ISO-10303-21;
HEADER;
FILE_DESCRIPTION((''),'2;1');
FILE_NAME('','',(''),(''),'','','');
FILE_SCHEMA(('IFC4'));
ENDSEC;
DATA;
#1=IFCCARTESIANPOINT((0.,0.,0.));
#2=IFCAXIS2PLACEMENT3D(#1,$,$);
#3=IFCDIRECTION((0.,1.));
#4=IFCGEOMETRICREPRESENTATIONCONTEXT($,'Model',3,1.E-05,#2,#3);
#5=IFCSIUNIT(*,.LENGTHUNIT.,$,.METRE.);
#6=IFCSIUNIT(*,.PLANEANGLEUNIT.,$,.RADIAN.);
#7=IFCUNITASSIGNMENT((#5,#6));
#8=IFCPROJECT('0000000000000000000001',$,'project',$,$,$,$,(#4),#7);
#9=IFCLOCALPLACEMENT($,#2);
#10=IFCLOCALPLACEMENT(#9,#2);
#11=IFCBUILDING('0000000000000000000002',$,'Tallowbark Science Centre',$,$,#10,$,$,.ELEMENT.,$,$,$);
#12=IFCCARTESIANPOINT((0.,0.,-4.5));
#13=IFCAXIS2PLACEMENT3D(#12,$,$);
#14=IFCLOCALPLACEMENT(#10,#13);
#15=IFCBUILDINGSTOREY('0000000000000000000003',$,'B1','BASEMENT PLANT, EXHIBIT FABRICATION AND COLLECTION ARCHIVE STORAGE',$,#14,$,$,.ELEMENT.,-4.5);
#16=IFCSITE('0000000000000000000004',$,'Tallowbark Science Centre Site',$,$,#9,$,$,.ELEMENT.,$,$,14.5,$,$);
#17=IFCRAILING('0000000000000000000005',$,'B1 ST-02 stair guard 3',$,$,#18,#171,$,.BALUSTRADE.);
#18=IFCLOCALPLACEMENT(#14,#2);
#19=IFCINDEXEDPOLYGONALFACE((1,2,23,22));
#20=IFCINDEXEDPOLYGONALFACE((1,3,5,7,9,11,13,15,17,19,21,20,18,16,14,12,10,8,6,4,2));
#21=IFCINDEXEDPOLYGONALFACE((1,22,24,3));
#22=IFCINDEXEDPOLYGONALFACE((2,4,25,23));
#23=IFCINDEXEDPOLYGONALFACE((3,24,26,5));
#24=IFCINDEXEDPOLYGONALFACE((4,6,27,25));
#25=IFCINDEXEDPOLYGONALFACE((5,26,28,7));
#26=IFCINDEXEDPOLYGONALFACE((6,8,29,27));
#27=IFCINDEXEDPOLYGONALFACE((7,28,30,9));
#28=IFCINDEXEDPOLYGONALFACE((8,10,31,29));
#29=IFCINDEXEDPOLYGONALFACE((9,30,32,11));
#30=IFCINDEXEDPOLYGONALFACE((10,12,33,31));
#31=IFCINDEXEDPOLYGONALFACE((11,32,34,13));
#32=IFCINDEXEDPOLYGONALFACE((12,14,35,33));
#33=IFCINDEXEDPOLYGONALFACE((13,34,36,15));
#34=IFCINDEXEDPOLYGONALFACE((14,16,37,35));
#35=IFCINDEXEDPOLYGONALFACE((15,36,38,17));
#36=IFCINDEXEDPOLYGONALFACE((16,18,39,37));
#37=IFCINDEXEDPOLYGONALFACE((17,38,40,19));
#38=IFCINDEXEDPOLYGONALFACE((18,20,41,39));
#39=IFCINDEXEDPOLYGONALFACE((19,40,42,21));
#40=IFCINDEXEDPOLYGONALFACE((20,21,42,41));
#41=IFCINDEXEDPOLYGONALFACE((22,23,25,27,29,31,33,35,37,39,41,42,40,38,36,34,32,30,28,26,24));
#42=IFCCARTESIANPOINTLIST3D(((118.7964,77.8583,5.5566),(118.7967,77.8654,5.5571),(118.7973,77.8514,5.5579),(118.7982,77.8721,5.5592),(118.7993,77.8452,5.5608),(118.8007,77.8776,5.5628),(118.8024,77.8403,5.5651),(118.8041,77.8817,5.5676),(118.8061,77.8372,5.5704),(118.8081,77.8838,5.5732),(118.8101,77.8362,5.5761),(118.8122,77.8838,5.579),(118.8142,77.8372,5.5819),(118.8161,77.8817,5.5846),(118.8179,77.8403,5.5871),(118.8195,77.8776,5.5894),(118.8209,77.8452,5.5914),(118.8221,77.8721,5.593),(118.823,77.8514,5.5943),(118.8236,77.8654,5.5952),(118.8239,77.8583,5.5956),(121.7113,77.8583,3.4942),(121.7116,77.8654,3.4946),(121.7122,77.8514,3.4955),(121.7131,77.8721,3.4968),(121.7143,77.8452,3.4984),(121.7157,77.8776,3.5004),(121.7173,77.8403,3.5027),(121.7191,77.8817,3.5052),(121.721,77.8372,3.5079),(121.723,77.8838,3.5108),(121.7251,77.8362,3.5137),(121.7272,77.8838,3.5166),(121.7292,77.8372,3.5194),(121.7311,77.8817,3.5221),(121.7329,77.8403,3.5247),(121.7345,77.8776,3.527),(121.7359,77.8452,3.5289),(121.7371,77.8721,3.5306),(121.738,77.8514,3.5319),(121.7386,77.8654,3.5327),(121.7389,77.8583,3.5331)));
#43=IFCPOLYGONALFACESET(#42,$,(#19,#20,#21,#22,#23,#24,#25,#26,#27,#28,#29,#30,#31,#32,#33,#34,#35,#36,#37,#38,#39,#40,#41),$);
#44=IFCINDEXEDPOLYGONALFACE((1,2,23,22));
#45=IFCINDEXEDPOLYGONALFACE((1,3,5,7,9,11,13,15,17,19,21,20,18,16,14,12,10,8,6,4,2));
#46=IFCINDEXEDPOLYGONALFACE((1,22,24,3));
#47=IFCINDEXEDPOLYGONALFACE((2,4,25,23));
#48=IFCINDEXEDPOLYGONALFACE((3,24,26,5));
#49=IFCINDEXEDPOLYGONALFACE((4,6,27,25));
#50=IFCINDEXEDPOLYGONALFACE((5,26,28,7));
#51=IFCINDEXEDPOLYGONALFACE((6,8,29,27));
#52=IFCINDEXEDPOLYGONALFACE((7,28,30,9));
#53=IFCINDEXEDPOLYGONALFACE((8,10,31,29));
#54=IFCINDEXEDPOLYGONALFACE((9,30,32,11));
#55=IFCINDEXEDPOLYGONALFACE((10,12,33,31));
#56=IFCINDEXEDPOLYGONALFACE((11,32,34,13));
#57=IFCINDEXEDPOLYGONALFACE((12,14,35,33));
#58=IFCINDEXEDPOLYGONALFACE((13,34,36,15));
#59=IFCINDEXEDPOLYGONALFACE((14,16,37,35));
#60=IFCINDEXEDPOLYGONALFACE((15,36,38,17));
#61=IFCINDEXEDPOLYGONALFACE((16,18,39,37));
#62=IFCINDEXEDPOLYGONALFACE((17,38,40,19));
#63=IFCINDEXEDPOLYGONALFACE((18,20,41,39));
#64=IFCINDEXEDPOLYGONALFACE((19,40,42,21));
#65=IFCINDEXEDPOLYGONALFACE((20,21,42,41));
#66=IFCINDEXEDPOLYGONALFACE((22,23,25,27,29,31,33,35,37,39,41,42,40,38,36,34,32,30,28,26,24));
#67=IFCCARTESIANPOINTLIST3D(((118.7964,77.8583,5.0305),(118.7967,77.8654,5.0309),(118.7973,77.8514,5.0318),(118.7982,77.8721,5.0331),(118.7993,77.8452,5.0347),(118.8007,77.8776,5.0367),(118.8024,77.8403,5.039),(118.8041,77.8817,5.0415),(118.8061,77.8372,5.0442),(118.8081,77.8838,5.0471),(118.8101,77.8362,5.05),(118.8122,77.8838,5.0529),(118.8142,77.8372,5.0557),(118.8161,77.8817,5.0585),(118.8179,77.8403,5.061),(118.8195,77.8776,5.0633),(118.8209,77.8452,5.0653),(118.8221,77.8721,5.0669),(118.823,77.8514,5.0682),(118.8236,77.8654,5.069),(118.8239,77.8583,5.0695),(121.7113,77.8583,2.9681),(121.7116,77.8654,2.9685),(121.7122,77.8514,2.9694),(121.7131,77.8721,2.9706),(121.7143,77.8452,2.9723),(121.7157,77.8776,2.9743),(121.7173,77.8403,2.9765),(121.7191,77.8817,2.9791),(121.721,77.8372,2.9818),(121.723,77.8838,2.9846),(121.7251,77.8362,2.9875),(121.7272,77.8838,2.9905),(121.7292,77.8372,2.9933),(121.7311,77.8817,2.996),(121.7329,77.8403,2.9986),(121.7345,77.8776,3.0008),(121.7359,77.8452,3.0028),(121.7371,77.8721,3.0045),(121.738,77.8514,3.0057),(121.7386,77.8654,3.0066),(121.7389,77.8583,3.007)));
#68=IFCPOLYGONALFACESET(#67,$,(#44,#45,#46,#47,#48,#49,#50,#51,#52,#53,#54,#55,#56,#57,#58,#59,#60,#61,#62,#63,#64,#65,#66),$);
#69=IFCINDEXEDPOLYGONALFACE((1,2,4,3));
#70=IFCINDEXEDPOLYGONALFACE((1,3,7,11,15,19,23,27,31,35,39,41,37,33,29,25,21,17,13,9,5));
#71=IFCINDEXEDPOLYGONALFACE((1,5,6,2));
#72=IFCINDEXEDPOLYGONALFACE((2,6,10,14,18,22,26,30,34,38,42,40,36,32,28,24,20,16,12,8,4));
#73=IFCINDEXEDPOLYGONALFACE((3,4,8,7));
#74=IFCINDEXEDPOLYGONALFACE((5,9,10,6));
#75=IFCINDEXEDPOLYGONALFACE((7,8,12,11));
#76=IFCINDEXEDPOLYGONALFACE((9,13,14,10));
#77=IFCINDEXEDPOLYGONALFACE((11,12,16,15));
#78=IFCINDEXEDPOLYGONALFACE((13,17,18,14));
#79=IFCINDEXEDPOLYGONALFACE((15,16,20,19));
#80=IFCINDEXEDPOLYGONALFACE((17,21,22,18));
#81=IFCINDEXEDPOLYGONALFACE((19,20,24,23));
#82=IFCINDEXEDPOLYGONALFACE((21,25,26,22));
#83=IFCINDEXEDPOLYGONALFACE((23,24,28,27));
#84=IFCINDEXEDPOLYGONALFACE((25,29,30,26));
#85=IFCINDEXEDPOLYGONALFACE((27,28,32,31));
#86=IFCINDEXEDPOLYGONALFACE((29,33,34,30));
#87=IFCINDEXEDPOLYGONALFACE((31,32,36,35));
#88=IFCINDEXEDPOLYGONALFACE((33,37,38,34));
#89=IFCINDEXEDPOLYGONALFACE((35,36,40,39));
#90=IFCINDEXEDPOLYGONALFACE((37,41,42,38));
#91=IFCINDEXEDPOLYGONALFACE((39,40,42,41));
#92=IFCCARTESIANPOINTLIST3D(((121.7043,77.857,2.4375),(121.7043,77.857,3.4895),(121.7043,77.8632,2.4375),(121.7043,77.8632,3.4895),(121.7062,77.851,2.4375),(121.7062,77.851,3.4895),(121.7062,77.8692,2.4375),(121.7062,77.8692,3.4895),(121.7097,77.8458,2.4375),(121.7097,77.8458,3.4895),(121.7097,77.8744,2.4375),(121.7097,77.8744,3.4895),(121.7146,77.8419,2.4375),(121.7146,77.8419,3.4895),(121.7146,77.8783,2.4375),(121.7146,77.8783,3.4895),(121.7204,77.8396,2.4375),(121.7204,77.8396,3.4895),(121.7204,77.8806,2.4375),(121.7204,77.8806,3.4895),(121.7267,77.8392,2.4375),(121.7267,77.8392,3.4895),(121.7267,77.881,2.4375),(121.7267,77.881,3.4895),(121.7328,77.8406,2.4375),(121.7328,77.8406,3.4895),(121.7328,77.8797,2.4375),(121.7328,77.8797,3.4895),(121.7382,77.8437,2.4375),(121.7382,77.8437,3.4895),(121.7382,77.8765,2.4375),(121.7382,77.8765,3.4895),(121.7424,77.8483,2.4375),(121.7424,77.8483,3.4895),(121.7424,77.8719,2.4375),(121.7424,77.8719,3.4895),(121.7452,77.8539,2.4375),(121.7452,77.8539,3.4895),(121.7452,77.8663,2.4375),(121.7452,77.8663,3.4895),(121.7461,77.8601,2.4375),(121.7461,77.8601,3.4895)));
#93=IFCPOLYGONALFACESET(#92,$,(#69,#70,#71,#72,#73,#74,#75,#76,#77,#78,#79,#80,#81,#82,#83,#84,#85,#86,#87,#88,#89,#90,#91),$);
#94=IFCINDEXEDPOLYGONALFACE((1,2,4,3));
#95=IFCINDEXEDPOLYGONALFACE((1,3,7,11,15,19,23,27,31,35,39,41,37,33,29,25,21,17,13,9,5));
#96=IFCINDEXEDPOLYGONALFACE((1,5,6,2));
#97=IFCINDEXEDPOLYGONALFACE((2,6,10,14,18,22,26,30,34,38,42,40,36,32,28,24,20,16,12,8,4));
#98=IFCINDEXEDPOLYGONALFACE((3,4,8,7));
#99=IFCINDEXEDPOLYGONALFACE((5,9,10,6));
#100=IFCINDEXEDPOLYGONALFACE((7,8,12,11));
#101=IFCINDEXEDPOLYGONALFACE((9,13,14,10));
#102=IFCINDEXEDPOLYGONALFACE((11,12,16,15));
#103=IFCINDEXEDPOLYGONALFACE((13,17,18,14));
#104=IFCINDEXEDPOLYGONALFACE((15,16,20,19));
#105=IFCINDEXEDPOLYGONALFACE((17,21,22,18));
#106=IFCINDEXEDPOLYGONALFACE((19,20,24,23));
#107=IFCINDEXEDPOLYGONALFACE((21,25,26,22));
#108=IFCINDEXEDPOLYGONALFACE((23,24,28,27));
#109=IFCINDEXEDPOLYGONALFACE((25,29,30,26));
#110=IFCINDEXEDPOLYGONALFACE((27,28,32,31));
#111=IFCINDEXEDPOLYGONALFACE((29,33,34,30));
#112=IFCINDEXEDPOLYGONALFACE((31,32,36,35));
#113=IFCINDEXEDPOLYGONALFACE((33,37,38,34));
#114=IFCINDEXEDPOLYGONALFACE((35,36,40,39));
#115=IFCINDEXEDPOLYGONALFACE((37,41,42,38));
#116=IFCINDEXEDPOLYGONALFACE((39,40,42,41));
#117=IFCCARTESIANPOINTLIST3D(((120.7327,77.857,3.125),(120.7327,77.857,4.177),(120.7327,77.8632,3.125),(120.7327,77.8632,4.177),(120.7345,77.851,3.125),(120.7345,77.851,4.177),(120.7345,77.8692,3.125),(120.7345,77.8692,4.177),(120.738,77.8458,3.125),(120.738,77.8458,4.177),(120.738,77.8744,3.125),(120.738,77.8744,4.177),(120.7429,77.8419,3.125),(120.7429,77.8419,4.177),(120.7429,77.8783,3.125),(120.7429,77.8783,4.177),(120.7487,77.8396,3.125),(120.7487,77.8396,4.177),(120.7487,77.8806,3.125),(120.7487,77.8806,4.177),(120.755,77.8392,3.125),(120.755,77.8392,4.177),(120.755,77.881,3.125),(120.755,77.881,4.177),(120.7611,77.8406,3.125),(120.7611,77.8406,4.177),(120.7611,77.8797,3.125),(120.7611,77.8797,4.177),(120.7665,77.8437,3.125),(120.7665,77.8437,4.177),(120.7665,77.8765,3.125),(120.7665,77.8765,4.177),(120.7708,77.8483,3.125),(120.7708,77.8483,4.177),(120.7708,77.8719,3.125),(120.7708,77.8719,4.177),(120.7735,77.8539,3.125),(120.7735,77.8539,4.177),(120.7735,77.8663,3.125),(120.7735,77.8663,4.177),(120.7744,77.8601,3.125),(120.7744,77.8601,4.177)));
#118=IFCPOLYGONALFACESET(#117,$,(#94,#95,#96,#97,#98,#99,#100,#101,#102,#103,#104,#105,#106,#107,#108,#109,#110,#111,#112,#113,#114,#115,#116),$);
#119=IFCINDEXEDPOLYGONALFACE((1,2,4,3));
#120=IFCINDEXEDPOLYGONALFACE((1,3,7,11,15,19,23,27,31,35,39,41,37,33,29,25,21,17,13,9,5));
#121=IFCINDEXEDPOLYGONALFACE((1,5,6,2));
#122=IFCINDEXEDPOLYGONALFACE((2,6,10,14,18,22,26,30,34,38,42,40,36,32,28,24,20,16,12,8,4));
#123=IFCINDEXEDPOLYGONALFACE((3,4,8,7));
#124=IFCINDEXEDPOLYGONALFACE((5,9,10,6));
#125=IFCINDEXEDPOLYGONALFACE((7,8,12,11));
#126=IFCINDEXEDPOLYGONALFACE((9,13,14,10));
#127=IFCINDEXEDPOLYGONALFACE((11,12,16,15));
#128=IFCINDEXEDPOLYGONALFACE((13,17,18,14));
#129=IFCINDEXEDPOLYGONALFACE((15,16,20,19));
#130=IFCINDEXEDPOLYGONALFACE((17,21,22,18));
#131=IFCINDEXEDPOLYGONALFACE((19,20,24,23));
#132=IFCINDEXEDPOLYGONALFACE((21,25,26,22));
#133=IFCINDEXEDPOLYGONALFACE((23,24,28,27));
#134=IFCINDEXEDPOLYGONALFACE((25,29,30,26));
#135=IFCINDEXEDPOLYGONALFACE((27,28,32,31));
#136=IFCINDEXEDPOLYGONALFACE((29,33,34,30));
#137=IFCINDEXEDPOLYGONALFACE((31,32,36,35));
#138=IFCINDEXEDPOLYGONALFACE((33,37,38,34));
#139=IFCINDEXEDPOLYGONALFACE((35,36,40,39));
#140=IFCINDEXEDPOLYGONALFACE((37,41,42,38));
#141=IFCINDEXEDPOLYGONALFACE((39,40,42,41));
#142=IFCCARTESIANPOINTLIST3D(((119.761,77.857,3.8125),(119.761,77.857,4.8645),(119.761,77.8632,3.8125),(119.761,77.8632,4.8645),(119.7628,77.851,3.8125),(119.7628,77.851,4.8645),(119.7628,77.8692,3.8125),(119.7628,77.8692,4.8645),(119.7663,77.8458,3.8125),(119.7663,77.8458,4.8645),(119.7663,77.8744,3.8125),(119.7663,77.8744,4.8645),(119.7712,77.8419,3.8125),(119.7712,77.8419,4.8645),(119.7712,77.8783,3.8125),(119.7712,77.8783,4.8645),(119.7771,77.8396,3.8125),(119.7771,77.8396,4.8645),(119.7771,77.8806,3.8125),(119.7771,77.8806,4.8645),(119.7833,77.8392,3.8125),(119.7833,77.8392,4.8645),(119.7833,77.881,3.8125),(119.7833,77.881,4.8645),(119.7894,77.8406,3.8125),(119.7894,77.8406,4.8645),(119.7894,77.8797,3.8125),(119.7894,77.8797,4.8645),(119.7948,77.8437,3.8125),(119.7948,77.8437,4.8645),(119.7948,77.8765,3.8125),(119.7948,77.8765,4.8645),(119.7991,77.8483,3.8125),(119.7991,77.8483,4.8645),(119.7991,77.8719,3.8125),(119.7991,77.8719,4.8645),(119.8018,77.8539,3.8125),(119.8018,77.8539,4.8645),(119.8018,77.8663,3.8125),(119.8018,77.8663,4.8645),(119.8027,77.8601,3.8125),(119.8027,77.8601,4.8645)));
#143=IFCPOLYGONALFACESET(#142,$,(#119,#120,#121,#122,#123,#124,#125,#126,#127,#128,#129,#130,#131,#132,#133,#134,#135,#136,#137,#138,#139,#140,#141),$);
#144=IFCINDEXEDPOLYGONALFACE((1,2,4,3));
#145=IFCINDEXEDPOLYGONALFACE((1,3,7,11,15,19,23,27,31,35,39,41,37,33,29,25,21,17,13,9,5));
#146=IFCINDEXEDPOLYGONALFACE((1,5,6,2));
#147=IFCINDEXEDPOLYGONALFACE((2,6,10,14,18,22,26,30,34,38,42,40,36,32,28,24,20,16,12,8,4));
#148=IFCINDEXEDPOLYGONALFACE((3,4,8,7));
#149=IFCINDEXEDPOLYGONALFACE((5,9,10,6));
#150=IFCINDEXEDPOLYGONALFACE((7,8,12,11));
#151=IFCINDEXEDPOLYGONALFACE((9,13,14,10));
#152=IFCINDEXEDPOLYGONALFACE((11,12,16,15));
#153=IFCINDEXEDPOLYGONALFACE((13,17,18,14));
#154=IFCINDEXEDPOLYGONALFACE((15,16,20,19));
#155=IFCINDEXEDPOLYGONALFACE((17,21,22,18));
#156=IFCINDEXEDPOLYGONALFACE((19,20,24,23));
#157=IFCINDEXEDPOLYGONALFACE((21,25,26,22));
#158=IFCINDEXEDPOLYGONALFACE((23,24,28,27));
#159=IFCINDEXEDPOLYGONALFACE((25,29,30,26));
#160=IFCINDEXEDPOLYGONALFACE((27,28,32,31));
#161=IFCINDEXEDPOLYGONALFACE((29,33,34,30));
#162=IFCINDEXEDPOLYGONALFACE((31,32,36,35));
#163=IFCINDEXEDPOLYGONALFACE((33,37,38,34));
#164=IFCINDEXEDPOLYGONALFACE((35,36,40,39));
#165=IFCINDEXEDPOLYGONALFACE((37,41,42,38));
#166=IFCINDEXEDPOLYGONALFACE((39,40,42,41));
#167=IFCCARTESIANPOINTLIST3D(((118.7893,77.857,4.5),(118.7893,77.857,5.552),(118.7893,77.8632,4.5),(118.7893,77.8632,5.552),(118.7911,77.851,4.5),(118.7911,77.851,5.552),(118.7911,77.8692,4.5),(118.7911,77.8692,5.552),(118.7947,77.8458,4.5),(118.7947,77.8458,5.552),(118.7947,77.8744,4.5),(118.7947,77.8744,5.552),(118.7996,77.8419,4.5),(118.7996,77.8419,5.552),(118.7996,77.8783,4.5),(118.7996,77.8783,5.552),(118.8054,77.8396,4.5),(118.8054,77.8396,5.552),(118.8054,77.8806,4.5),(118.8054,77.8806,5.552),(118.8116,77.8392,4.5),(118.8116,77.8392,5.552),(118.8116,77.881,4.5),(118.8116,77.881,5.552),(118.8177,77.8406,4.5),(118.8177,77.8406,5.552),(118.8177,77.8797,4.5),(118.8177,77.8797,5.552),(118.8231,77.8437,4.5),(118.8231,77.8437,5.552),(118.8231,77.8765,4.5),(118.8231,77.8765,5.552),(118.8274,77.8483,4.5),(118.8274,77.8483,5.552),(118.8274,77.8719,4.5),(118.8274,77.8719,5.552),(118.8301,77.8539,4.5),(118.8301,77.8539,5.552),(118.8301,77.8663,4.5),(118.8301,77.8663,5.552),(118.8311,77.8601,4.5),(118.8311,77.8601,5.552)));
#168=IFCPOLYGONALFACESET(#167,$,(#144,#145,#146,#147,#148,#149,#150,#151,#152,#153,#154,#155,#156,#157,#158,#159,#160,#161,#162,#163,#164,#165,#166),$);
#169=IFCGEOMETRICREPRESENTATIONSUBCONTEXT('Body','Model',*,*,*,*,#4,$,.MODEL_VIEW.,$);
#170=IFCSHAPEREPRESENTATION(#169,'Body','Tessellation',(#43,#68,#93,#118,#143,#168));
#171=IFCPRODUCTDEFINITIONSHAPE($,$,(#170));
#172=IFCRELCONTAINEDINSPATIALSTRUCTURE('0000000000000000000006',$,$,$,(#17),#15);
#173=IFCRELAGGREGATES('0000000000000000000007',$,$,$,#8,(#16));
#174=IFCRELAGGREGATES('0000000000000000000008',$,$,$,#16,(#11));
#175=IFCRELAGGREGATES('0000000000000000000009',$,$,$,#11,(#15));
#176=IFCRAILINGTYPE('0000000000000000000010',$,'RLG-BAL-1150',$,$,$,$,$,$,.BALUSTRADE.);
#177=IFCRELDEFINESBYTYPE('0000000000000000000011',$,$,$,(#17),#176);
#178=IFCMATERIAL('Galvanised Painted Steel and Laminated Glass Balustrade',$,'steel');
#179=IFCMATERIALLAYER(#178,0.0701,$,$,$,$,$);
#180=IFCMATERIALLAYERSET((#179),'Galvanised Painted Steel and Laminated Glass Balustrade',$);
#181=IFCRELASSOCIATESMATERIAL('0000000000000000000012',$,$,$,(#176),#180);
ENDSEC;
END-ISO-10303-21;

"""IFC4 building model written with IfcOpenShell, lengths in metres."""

from ifc_helpers import new_model, si_unit, direction, frame, origin, origin_2d, place, context, subcontext, project, spatial, circle, extrude, material, layer, layer_set, type_object, element, save


model = new_model("IFC4")

# Units and contexts
model_context = context("Model", 3, precision=1e-05, world=origin(), true_north=direction((0.0, 1.0)))
body_context = subcontext(model_context, "Body", "Model", "MODEL_VIEW")
ifc_project = project(units=[si_unit("LENGTHUNIT", "METRE"), si_unit("PLANEANGLEUNIT", "RADIAN")], contexts=[model_context])

# Site, building, storey
site_placement = place(None, origin())
site = spatial("IfcSite", under=ifc_project, at=site_placement, Name="Tallowbark Science Centre Site", CompositionType="ELEMENT", RefElevation=14.5)
building_placement = place(site_placement, origin())
building = spatial("IfcBuilding", under=site, at=building_placement, Name="Tallowbark Science Centre", CompositionType="ELEMENT")
storey_placement = place(building_placement, frame((0.0, 0.0, -4.5)))
storey = spatial("IfcBuildingStorey", under=building, at=storey_placement, Name="B1", Description="BASEMENT PLANT, EXHIBIT FABRICATION AND COLLECTION ARCHIVE STORAGE", CompositionType="ELEMENT", Elevation=-4.5)

# Railing
ifc_material_1 = material(Name="Galvanised Painted Steel and Laminated Glass Balustrade", Category="steel")
ifc_layer_1 = layer(ifc_material_1, 0.0701)
ifc_layer_set_1 = layer_set([ifc_layer_1], Name="Galvanised Painted Steel and Laminated Glass Balustrade")
railing_type_1 = type_object("IfcRailingType", Name="RLG-BAL-1150", PredefinedType="BALUSTRADE", material=ifc_layer_set_1)
railing_1_placement = place(storey_placement, frame((121.7251, 77.8601, 2.4375)))
element("IfcRailing", 1, at=railing_1_placement, inside=storey, type_object=railing_type_1, Name="B1 ST-02 stair guard 3", PredefinedType="BALUSTRADE", context=body_context, shape_type="SweptSolid", body=[
    extrude(circle(Radius=0.0239, at=origin_2d()), frame((0.0, 0.0, 1.0762), z_axis=(-0.816331, 0.0, 0.577585), x_axis=(0.0, -1.0, 0.0)), (0.0, 0.0, 1.0), 3.5708),
    extrude(circle(Radius=0.0239, at=origin_2d()), frame((0.0, 0.0, 0.55), z_axis=(-0.816331, 0.0, 0.577585), x_axis=(0.0, -1.0, 0.0)), (0.0, 0.0, 1.0), 3.5708),
    extrude(circle(Radius=0.021, at=origin_2d()), origin(), (0.0, 0.0, 1.0), 1.052),
    extrude(circle(Radius=0.021, at=origin_2d()), frame((-0.9717, 0.0, 0.6875)), (0.0, 0.0, 1.0), 1.052),
    extrude(circle(Radius=0.021, at=origin_2d()), frame((-1.9434, 0.0, 1.375)), (0.0, 0.0, 1.0), 1.052),
    extrude(circle(Radius=0.021, at=origin_2d()), frame((-2.915, 0.0, 2.0625)), (0.0, 0.0, 1.0), 1.052),
])

save(model, "model.ifc")
